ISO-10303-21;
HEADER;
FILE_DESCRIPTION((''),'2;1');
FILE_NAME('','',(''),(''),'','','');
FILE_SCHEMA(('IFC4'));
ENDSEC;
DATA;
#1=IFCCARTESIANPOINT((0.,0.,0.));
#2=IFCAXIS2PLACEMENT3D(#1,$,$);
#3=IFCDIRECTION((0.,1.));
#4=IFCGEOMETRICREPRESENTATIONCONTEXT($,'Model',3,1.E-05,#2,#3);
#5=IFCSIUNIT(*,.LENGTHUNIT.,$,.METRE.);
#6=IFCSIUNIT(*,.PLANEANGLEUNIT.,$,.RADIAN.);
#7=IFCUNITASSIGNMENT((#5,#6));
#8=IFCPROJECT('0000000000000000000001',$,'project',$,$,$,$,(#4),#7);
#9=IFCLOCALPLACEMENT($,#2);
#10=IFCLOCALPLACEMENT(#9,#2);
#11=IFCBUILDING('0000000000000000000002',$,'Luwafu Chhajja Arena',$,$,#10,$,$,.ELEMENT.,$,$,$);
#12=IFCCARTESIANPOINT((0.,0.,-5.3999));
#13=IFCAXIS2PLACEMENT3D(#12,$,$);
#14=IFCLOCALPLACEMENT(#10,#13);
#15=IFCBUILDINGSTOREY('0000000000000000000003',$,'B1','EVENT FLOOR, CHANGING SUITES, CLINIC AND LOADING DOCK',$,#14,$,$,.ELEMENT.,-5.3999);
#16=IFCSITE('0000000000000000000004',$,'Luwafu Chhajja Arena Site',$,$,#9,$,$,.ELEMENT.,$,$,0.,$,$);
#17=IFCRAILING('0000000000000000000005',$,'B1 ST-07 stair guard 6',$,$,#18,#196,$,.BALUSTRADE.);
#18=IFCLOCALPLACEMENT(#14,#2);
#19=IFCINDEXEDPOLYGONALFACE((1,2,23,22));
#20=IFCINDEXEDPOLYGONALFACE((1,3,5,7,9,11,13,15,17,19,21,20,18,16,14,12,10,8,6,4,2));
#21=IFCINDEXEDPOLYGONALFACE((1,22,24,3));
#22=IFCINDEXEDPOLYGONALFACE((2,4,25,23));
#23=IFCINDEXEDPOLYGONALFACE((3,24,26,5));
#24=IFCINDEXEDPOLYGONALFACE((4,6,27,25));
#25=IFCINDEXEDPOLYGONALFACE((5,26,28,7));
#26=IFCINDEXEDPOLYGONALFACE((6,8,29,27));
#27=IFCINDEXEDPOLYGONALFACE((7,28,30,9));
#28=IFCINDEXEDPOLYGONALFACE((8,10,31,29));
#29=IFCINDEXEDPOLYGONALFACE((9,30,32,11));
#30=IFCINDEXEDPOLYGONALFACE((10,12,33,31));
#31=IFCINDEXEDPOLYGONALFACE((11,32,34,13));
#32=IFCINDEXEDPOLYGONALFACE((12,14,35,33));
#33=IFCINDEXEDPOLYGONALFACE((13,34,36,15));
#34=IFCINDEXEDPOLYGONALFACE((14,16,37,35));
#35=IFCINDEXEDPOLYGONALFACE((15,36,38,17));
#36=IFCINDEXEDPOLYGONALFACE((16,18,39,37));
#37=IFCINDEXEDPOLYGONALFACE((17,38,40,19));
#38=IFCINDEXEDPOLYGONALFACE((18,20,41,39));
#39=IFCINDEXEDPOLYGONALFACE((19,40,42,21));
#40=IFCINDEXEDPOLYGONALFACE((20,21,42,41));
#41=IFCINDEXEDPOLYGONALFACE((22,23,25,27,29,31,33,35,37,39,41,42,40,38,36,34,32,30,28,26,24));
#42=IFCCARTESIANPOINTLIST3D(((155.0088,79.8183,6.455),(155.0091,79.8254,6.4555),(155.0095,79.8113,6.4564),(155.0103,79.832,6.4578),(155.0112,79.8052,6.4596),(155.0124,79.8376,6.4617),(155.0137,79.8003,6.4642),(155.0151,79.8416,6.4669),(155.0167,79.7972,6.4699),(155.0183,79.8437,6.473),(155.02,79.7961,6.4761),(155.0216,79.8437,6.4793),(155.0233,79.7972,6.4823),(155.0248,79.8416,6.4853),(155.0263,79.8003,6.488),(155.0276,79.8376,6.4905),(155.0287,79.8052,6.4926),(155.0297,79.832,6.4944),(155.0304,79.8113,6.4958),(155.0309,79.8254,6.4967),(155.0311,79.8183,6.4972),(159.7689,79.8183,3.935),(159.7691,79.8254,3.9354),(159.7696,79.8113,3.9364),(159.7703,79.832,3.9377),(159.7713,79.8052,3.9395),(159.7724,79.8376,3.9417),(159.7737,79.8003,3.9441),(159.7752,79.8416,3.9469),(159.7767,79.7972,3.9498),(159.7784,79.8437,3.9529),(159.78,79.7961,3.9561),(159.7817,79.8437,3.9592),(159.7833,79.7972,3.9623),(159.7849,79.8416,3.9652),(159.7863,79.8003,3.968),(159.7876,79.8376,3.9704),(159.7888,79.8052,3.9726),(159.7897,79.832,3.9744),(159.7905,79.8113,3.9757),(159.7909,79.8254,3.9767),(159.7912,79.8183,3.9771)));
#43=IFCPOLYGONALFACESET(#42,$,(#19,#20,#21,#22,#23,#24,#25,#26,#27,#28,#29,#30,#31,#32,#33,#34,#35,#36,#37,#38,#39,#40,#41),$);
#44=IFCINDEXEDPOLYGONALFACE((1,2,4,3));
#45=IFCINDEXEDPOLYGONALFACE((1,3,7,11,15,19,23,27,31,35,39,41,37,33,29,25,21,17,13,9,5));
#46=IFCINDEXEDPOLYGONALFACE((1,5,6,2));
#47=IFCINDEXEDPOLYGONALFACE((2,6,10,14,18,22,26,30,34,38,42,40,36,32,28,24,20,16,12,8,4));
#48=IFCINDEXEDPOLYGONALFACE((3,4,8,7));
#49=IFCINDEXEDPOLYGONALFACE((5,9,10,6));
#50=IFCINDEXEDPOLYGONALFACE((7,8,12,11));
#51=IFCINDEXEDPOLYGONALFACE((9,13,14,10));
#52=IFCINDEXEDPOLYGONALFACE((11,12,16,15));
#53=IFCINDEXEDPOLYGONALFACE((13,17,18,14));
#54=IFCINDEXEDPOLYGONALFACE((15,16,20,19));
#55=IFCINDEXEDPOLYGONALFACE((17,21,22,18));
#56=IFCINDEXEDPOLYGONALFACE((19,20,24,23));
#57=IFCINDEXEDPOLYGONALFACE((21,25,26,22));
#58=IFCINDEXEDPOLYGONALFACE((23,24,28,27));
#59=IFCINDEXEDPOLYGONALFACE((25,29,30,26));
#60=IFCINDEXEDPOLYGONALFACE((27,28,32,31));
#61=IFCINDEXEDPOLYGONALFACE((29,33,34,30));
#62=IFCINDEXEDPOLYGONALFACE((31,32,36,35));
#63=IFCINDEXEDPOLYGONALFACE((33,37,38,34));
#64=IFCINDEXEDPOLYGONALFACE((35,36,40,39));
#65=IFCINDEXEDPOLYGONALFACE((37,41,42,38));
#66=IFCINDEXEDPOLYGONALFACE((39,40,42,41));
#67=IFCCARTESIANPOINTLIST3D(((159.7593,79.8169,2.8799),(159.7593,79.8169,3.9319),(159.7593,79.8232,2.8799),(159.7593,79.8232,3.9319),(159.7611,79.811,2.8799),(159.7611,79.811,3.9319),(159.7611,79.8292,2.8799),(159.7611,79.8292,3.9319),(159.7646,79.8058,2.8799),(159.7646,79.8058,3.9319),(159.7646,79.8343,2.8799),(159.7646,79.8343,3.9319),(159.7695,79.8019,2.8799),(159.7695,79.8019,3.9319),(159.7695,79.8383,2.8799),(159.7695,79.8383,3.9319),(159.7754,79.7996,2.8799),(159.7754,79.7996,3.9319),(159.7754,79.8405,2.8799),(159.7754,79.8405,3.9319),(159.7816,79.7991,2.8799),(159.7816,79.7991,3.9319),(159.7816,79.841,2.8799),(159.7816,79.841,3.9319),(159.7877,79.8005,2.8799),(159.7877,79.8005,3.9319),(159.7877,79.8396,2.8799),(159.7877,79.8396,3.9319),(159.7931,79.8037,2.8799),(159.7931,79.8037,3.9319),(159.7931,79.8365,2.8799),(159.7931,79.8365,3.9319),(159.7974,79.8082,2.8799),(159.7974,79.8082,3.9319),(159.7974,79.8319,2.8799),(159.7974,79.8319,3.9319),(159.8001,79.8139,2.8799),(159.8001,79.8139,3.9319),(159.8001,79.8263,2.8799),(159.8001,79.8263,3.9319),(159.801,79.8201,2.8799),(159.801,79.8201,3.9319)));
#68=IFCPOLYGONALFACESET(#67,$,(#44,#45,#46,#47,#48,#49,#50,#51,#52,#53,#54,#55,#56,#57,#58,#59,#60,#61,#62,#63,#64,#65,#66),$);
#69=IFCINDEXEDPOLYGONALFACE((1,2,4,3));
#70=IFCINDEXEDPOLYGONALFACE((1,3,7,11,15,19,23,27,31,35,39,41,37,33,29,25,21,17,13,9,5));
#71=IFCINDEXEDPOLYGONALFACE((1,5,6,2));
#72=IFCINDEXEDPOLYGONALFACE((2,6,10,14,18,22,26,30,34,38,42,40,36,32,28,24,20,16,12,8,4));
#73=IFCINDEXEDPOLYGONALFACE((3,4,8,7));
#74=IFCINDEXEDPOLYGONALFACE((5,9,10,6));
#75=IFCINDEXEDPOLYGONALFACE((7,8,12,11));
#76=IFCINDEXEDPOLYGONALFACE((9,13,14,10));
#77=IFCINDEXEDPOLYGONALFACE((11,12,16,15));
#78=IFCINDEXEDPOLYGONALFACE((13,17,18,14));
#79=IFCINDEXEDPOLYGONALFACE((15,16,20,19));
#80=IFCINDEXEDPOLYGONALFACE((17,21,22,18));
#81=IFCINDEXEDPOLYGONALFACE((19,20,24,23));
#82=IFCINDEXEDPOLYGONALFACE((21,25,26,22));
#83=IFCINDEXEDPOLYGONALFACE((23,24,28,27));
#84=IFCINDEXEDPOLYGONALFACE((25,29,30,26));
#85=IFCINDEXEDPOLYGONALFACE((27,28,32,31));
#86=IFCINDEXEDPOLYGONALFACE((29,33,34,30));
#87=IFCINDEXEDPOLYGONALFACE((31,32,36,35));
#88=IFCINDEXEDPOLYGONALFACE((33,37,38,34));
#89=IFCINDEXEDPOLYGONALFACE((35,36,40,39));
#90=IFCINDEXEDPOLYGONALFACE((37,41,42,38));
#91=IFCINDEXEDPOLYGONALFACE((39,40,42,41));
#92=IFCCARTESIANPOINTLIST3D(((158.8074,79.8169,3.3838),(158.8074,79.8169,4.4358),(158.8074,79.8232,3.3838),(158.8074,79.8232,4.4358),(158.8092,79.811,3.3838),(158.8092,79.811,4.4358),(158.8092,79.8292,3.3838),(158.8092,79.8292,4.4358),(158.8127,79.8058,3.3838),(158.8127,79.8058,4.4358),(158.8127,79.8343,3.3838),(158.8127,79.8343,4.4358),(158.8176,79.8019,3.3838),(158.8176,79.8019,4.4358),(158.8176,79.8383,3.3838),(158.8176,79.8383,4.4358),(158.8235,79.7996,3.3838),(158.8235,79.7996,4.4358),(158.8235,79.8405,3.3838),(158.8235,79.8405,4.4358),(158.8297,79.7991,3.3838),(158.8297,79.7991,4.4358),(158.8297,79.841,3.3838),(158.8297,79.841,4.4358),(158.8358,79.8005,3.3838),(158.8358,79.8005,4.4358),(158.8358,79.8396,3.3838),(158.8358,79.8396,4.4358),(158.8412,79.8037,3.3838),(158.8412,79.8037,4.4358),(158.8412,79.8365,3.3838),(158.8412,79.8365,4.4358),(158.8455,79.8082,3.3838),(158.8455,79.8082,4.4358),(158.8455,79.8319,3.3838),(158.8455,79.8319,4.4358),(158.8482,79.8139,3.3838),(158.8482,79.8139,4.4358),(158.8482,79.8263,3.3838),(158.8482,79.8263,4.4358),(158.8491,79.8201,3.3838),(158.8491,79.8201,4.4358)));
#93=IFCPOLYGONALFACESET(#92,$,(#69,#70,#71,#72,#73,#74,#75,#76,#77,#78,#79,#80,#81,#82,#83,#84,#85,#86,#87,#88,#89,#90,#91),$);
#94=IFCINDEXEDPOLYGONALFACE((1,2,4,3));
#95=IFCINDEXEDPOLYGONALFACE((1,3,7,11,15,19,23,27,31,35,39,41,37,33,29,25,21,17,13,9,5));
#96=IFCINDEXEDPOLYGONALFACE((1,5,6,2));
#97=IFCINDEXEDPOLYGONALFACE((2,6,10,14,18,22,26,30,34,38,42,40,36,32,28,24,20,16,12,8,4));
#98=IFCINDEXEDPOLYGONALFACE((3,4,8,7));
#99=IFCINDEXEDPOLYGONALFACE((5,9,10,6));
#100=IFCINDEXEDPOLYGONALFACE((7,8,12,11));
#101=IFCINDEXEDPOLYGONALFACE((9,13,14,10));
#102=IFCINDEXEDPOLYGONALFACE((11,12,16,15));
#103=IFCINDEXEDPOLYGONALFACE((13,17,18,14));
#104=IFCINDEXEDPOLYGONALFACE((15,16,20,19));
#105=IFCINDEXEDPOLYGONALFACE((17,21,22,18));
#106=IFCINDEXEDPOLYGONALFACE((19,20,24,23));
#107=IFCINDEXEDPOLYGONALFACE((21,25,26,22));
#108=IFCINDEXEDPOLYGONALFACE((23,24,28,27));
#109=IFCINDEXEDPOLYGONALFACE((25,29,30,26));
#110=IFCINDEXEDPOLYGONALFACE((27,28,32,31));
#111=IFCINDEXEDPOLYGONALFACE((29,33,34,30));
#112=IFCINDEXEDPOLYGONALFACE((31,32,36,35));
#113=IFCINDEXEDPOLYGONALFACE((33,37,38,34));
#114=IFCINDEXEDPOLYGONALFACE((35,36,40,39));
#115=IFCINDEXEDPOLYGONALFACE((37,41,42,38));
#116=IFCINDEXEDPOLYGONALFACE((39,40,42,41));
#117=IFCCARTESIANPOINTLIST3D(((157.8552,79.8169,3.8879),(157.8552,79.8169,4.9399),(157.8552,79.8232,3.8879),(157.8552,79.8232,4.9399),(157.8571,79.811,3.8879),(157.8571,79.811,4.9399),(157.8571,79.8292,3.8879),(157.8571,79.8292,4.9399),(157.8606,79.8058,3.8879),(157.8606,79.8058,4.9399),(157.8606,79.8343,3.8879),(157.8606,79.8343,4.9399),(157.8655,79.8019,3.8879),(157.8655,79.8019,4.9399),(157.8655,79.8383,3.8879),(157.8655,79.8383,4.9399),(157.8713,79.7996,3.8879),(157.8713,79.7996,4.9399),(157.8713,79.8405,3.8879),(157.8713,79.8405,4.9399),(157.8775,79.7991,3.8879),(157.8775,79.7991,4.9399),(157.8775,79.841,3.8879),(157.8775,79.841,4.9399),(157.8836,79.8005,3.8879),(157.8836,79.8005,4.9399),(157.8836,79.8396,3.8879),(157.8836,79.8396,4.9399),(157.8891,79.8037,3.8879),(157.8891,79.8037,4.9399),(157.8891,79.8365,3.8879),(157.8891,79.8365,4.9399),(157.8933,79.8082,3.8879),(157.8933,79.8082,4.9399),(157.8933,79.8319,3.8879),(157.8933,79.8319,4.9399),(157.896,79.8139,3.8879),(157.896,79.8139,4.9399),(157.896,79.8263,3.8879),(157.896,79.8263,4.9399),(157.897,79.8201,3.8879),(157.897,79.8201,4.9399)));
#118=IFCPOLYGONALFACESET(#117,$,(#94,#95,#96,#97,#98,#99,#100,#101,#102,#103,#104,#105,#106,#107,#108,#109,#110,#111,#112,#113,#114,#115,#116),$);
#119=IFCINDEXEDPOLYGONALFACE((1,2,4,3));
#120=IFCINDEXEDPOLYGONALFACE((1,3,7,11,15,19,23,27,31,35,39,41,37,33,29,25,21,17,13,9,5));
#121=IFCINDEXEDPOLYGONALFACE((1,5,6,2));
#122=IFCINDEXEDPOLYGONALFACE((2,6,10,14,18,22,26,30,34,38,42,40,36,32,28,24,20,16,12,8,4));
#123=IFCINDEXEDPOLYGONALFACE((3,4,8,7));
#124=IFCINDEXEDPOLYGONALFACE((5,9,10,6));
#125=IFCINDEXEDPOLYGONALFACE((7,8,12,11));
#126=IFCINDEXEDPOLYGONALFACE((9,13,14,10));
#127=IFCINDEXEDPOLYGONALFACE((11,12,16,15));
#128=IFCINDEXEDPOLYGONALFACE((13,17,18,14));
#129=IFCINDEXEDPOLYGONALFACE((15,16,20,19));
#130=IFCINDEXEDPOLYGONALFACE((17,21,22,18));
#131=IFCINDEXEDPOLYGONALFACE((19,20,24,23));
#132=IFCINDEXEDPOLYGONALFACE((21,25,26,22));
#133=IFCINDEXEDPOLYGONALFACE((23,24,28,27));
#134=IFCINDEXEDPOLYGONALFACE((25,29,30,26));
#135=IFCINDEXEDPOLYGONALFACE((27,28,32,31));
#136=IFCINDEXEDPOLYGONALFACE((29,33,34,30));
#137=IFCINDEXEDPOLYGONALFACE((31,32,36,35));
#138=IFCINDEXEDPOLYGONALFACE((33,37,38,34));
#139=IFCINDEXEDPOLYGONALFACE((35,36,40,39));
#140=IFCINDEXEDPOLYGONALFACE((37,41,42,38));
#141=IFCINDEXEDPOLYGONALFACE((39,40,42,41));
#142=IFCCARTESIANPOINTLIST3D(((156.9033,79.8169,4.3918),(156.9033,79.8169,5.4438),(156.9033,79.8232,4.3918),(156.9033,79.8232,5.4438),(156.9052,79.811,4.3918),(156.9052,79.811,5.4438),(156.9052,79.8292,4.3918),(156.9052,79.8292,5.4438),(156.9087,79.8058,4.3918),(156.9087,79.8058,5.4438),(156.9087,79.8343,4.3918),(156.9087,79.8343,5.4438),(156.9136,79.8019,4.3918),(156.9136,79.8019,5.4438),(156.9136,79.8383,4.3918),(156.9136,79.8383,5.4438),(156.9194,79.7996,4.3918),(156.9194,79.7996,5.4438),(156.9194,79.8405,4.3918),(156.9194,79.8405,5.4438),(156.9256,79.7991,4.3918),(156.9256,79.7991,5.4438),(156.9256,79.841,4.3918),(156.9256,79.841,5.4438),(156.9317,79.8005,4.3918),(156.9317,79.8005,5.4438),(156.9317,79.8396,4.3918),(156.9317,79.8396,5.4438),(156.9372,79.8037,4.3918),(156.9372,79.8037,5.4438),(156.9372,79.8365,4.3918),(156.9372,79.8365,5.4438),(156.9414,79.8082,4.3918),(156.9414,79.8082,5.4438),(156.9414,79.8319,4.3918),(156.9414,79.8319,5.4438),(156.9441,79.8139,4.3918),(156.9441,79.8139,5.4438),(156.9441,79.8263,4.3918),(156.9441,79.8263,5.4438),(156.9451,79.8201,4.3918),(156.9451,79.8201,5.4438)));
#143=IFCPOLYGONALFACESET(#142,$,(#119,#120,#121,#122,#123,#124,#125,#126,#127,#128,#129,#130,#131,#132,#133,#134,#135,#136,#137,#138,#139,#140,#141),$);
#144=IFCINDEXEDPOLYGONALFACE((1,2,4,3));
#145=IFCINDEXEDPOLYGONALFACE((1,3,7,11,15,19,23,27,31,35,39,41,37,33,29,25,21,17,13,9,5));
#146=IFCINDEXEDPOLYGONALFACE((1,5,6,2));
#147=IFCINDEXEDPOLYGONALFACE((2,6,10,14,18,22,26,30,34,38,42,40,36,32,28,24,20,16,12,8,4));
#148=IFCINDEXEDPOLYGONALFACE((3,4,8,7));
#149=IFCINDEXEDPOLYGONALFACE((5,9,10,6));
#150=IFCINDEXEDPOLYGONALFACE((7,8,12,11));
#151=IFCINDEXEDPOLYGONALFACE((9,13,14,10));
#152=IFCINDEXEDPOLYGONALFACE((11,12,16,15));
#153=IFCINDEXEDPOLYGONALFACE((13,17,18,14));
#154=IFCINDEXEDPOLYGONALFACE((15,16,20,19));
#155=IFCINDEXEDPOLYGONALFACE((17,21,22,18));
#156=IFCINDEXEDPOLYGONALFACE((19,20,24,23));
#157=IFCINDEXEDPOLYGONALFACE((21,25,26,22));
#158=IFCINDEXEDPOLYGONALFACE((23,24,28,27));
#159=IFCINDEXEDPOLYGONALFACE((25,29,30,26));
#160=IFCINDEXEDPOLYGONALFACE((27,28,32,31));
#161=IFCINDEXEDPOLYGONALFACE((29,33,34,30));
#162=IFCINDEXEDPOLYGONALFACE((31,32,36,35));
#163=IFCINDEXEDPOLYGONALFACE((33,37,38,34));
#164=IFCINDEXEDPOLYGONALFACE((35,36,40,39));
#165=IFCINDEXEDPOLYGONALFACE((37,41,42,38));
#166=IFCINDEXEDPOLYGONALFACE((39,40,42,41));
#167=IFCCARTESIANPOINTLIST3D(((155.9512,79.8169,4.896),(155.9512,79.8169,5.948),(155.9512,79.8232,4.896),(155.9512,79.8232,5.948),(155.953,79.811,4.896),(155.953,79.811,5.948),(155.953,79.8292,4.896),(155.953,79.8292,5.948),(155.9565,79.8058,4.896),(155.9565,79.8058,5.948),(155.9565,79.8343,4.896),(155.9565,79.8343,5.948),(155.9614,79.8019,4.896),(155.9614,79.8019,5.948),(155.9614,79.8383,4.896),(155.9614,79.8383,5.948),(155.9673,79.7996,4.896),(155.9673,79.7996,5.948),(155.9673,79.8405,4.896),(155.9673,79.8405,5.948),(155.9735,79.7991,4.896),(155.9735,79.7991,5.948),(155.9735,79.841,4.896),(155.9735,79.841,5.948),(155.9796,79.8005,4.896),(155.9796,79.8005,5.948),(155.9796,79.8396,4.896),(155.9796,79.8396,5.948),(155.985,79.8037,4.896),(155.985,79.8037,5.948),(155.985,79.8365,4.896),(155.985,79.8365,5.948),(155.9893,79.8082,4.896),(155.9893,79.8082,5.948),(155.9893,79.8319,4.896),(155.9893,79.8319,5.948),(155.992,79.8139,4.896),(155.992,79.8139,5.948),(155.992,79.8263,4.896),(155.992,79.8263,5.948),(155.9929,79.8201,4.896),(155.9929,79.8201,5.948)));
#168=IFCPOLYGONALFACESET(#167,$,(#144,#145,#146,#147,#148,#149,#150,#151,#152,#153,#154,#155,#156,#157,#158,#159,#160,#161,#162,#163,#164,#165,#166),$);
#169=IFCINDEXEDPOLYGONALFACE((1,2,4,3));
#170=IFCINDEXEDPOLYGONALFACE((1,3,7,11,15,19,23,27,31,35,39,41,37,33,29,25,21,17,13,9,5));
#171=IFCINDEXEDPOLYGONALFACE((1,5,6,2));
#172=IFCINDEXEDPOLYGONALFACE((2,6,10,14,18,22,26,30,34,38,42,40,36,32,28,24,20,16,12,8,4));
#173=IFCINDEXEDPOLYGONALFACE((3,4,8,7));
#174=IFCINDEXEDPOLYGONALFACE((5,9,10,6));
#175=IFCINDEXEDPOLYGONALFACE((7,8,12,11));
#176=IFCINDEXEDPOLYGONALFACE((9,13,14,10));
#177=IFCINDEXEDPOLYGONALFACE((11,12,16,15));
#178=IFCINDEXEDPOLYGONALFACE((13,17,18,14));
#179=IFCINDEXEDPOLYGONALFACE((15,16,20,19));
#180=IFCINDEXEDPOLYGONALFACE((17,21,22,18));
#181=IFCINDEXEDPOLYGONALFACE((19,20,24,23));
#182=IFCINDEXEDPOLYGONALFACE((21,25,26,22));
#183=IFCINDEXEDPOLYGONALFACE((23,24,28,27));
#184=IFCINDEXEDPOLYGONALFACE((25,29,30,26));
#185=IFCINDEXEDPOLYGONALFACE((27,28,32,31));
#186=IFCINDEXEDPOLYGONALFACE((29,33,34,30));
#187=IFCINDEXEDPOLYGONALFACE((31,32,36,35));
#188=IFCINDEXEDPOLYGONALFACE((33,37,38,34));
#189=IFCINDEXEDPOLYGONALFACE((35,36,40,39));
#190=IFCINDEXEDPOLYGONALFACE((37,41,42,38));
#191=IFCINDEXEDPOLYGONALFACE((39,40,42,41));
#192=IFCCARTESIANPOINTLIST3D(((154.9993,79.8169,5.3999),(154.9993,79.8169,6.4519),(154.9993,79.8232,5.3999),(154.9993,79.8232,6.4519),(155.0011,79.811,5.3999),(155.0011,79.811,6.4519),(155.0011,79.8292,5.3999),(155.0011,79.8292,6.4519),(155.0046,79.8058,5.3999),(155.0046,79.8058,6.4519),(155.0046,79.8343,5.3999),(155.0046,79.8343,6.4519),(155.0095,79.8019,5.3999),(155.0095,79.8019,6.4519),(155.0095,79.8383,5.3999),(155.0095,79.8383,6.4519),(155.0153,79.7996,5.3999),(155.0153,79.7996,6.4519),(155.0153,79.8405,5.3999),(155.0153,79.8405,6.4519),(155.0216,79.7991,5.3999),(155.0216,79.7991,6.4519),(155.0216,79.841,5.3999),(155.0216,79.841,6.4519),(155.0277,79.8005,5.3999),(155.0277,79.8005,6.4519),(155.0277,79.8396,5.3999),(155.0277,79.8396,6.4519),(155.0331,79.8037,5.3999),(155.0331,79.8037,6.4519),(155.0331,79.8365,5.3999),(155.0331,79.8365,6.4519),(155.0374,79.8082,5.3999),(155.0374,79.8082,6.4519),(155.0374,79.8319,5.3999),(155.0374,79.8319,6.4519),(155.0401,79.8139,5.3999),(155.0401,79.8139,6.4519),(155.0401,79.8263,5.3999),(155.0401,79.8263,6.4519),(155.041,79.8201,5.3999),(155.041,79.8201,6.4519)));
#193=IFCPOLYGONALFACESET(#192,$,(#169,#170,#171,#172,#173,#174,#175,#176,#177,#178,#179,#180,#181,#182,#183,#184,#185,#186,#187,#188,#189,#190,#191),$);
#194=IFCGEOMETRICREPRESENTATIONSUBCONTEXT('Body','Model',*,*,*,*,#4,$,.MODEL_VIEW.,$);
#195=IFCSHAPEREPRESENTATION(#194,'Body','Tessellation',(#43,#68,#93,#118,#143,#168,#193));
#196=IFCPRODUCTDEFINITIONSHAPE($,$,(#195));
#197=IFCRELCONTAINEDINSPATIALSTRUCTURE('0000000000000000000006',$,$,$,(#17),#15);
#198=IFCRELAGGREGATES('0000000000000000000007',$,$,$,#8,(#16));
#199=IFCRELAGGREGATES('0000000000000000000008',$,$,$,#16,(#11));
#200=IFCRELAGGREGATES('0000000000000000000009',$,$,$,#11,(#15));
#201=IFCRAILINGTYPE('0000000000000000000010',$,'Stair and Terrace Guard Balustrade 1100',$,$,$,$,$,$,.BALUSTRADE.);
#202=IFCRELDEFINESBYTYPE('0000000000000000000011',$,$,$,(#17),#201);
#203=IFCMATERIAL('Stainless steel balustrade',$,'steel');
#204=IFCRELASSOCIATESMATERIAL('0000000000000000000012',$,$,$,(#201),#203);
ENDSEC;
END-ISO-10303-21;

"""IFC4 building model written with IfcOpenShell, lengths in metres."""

from ifc_helpers import new_model, si_unit, direction, frame, origin, origin_2d, place, context, subcontext, project, spatial, circle, extrude, material, type_object, element, save


model = new_model("IFC4")

# Units and contexts
model_context = context("Model", 3, precision=1e-05, world=origin(), true_north=direction((0.0, 1.0)))
body_context = subcontext(model_context, "Body", "Model", "MODEL_VIEW")
ifc_project = project(units=[si_unit("LENGTHUNIT", "METRE"), si_unit("PLANEANGLEUNIT", "RADIAN")], contexts=[model_context])

# Site, building, storey
site_placement = place(None, origin())
site = spatial("IfcSite", under=ifc_project, at=site_placement, Name="Luwafu Chhajja Arena Site", CompositionType="ELEMENT", RefElevation=0.0)
building_placement = place(site_placement, origin())
building = spatial("IfcBuilding", under=site, at=building_placement, Name="Luwafu Chhajja Arena", CompositionType="ELEMENT")
storey_placement = place(building_placement, frame((0.0, 0.0, -5.3999)))
storey = spatial("IfcBuildingStorey", under=building, at=storey_placement, Name="B1", Description="EVENT FLOOR, CHANGING SUITES, CLINIC AND LOADING DOCK", CompositionType="ELEMENT", Elevation=-5.3999)

# Railing
ifc_material_1 = material(Name="Stainless steel balustrade", Category="steel")
railing_type_1 = type_object("IfcRailingType", Name="Stair and Terrace Guard Balustrade 1100", PredefinedType="BALUSTRADE", material=ifc_material_1)
railing_1_placement = place(storey_placement, frame((159.78, 79.8201, 2.8799)))
element("IfcRailing", 1, at=railing_1_placement, inside=storey, type_object=railing_type_1, Name="B1 ST-07 stair guard 6", PredefinedType="BALUSTRADE", context=body_context, shape_type="SweptSolid", body=[
    extrude(circle(Radius=0.0239, at=origin_2d()), frame((0.0, 0.0, 1.0762), z_axis=(-0.883787, 0.0, 0.46789), x_axis=(0.0, -1.0, 0.0)), (0.0, 0.0, 1.0), 5.386),
    extrude(circle(Radius=0.021, at=origin_2d()), origin(), (0.0, 0.0, 1.0), 1.052),
    extrude(circle(Radius=0.021, at=origin_2d()), frame((-0.9519, 0.0, 0.5039)), (0.0, 0.0, 1.0), 1.052),
    extrude(circle(Radius=0.021, at=origin_2d()), frame((-1.9041, 0.0, 1.0081)), (0.0, 0.0, 1.0), 1.052),
    extrude(circle(Radius=0.021, at=origin_2d()), frame((-2.856, 0.0, 1.512)), (0.0, 0.0, 1.0), 1.052),
    extrude(circle(Radius=0.021, at=origin_2d()), frame((-3.8081, 0.0, 2.0161)), (0.0, 0.0, 1.0), 1.052),
    extrude(circle(Radius=0.021, at=origin_2d()), frame((-4.76, 0.0, 2.52)), (0.0, 0.0, 1.0), 1.052),
])

save(model, "model.ifc")
